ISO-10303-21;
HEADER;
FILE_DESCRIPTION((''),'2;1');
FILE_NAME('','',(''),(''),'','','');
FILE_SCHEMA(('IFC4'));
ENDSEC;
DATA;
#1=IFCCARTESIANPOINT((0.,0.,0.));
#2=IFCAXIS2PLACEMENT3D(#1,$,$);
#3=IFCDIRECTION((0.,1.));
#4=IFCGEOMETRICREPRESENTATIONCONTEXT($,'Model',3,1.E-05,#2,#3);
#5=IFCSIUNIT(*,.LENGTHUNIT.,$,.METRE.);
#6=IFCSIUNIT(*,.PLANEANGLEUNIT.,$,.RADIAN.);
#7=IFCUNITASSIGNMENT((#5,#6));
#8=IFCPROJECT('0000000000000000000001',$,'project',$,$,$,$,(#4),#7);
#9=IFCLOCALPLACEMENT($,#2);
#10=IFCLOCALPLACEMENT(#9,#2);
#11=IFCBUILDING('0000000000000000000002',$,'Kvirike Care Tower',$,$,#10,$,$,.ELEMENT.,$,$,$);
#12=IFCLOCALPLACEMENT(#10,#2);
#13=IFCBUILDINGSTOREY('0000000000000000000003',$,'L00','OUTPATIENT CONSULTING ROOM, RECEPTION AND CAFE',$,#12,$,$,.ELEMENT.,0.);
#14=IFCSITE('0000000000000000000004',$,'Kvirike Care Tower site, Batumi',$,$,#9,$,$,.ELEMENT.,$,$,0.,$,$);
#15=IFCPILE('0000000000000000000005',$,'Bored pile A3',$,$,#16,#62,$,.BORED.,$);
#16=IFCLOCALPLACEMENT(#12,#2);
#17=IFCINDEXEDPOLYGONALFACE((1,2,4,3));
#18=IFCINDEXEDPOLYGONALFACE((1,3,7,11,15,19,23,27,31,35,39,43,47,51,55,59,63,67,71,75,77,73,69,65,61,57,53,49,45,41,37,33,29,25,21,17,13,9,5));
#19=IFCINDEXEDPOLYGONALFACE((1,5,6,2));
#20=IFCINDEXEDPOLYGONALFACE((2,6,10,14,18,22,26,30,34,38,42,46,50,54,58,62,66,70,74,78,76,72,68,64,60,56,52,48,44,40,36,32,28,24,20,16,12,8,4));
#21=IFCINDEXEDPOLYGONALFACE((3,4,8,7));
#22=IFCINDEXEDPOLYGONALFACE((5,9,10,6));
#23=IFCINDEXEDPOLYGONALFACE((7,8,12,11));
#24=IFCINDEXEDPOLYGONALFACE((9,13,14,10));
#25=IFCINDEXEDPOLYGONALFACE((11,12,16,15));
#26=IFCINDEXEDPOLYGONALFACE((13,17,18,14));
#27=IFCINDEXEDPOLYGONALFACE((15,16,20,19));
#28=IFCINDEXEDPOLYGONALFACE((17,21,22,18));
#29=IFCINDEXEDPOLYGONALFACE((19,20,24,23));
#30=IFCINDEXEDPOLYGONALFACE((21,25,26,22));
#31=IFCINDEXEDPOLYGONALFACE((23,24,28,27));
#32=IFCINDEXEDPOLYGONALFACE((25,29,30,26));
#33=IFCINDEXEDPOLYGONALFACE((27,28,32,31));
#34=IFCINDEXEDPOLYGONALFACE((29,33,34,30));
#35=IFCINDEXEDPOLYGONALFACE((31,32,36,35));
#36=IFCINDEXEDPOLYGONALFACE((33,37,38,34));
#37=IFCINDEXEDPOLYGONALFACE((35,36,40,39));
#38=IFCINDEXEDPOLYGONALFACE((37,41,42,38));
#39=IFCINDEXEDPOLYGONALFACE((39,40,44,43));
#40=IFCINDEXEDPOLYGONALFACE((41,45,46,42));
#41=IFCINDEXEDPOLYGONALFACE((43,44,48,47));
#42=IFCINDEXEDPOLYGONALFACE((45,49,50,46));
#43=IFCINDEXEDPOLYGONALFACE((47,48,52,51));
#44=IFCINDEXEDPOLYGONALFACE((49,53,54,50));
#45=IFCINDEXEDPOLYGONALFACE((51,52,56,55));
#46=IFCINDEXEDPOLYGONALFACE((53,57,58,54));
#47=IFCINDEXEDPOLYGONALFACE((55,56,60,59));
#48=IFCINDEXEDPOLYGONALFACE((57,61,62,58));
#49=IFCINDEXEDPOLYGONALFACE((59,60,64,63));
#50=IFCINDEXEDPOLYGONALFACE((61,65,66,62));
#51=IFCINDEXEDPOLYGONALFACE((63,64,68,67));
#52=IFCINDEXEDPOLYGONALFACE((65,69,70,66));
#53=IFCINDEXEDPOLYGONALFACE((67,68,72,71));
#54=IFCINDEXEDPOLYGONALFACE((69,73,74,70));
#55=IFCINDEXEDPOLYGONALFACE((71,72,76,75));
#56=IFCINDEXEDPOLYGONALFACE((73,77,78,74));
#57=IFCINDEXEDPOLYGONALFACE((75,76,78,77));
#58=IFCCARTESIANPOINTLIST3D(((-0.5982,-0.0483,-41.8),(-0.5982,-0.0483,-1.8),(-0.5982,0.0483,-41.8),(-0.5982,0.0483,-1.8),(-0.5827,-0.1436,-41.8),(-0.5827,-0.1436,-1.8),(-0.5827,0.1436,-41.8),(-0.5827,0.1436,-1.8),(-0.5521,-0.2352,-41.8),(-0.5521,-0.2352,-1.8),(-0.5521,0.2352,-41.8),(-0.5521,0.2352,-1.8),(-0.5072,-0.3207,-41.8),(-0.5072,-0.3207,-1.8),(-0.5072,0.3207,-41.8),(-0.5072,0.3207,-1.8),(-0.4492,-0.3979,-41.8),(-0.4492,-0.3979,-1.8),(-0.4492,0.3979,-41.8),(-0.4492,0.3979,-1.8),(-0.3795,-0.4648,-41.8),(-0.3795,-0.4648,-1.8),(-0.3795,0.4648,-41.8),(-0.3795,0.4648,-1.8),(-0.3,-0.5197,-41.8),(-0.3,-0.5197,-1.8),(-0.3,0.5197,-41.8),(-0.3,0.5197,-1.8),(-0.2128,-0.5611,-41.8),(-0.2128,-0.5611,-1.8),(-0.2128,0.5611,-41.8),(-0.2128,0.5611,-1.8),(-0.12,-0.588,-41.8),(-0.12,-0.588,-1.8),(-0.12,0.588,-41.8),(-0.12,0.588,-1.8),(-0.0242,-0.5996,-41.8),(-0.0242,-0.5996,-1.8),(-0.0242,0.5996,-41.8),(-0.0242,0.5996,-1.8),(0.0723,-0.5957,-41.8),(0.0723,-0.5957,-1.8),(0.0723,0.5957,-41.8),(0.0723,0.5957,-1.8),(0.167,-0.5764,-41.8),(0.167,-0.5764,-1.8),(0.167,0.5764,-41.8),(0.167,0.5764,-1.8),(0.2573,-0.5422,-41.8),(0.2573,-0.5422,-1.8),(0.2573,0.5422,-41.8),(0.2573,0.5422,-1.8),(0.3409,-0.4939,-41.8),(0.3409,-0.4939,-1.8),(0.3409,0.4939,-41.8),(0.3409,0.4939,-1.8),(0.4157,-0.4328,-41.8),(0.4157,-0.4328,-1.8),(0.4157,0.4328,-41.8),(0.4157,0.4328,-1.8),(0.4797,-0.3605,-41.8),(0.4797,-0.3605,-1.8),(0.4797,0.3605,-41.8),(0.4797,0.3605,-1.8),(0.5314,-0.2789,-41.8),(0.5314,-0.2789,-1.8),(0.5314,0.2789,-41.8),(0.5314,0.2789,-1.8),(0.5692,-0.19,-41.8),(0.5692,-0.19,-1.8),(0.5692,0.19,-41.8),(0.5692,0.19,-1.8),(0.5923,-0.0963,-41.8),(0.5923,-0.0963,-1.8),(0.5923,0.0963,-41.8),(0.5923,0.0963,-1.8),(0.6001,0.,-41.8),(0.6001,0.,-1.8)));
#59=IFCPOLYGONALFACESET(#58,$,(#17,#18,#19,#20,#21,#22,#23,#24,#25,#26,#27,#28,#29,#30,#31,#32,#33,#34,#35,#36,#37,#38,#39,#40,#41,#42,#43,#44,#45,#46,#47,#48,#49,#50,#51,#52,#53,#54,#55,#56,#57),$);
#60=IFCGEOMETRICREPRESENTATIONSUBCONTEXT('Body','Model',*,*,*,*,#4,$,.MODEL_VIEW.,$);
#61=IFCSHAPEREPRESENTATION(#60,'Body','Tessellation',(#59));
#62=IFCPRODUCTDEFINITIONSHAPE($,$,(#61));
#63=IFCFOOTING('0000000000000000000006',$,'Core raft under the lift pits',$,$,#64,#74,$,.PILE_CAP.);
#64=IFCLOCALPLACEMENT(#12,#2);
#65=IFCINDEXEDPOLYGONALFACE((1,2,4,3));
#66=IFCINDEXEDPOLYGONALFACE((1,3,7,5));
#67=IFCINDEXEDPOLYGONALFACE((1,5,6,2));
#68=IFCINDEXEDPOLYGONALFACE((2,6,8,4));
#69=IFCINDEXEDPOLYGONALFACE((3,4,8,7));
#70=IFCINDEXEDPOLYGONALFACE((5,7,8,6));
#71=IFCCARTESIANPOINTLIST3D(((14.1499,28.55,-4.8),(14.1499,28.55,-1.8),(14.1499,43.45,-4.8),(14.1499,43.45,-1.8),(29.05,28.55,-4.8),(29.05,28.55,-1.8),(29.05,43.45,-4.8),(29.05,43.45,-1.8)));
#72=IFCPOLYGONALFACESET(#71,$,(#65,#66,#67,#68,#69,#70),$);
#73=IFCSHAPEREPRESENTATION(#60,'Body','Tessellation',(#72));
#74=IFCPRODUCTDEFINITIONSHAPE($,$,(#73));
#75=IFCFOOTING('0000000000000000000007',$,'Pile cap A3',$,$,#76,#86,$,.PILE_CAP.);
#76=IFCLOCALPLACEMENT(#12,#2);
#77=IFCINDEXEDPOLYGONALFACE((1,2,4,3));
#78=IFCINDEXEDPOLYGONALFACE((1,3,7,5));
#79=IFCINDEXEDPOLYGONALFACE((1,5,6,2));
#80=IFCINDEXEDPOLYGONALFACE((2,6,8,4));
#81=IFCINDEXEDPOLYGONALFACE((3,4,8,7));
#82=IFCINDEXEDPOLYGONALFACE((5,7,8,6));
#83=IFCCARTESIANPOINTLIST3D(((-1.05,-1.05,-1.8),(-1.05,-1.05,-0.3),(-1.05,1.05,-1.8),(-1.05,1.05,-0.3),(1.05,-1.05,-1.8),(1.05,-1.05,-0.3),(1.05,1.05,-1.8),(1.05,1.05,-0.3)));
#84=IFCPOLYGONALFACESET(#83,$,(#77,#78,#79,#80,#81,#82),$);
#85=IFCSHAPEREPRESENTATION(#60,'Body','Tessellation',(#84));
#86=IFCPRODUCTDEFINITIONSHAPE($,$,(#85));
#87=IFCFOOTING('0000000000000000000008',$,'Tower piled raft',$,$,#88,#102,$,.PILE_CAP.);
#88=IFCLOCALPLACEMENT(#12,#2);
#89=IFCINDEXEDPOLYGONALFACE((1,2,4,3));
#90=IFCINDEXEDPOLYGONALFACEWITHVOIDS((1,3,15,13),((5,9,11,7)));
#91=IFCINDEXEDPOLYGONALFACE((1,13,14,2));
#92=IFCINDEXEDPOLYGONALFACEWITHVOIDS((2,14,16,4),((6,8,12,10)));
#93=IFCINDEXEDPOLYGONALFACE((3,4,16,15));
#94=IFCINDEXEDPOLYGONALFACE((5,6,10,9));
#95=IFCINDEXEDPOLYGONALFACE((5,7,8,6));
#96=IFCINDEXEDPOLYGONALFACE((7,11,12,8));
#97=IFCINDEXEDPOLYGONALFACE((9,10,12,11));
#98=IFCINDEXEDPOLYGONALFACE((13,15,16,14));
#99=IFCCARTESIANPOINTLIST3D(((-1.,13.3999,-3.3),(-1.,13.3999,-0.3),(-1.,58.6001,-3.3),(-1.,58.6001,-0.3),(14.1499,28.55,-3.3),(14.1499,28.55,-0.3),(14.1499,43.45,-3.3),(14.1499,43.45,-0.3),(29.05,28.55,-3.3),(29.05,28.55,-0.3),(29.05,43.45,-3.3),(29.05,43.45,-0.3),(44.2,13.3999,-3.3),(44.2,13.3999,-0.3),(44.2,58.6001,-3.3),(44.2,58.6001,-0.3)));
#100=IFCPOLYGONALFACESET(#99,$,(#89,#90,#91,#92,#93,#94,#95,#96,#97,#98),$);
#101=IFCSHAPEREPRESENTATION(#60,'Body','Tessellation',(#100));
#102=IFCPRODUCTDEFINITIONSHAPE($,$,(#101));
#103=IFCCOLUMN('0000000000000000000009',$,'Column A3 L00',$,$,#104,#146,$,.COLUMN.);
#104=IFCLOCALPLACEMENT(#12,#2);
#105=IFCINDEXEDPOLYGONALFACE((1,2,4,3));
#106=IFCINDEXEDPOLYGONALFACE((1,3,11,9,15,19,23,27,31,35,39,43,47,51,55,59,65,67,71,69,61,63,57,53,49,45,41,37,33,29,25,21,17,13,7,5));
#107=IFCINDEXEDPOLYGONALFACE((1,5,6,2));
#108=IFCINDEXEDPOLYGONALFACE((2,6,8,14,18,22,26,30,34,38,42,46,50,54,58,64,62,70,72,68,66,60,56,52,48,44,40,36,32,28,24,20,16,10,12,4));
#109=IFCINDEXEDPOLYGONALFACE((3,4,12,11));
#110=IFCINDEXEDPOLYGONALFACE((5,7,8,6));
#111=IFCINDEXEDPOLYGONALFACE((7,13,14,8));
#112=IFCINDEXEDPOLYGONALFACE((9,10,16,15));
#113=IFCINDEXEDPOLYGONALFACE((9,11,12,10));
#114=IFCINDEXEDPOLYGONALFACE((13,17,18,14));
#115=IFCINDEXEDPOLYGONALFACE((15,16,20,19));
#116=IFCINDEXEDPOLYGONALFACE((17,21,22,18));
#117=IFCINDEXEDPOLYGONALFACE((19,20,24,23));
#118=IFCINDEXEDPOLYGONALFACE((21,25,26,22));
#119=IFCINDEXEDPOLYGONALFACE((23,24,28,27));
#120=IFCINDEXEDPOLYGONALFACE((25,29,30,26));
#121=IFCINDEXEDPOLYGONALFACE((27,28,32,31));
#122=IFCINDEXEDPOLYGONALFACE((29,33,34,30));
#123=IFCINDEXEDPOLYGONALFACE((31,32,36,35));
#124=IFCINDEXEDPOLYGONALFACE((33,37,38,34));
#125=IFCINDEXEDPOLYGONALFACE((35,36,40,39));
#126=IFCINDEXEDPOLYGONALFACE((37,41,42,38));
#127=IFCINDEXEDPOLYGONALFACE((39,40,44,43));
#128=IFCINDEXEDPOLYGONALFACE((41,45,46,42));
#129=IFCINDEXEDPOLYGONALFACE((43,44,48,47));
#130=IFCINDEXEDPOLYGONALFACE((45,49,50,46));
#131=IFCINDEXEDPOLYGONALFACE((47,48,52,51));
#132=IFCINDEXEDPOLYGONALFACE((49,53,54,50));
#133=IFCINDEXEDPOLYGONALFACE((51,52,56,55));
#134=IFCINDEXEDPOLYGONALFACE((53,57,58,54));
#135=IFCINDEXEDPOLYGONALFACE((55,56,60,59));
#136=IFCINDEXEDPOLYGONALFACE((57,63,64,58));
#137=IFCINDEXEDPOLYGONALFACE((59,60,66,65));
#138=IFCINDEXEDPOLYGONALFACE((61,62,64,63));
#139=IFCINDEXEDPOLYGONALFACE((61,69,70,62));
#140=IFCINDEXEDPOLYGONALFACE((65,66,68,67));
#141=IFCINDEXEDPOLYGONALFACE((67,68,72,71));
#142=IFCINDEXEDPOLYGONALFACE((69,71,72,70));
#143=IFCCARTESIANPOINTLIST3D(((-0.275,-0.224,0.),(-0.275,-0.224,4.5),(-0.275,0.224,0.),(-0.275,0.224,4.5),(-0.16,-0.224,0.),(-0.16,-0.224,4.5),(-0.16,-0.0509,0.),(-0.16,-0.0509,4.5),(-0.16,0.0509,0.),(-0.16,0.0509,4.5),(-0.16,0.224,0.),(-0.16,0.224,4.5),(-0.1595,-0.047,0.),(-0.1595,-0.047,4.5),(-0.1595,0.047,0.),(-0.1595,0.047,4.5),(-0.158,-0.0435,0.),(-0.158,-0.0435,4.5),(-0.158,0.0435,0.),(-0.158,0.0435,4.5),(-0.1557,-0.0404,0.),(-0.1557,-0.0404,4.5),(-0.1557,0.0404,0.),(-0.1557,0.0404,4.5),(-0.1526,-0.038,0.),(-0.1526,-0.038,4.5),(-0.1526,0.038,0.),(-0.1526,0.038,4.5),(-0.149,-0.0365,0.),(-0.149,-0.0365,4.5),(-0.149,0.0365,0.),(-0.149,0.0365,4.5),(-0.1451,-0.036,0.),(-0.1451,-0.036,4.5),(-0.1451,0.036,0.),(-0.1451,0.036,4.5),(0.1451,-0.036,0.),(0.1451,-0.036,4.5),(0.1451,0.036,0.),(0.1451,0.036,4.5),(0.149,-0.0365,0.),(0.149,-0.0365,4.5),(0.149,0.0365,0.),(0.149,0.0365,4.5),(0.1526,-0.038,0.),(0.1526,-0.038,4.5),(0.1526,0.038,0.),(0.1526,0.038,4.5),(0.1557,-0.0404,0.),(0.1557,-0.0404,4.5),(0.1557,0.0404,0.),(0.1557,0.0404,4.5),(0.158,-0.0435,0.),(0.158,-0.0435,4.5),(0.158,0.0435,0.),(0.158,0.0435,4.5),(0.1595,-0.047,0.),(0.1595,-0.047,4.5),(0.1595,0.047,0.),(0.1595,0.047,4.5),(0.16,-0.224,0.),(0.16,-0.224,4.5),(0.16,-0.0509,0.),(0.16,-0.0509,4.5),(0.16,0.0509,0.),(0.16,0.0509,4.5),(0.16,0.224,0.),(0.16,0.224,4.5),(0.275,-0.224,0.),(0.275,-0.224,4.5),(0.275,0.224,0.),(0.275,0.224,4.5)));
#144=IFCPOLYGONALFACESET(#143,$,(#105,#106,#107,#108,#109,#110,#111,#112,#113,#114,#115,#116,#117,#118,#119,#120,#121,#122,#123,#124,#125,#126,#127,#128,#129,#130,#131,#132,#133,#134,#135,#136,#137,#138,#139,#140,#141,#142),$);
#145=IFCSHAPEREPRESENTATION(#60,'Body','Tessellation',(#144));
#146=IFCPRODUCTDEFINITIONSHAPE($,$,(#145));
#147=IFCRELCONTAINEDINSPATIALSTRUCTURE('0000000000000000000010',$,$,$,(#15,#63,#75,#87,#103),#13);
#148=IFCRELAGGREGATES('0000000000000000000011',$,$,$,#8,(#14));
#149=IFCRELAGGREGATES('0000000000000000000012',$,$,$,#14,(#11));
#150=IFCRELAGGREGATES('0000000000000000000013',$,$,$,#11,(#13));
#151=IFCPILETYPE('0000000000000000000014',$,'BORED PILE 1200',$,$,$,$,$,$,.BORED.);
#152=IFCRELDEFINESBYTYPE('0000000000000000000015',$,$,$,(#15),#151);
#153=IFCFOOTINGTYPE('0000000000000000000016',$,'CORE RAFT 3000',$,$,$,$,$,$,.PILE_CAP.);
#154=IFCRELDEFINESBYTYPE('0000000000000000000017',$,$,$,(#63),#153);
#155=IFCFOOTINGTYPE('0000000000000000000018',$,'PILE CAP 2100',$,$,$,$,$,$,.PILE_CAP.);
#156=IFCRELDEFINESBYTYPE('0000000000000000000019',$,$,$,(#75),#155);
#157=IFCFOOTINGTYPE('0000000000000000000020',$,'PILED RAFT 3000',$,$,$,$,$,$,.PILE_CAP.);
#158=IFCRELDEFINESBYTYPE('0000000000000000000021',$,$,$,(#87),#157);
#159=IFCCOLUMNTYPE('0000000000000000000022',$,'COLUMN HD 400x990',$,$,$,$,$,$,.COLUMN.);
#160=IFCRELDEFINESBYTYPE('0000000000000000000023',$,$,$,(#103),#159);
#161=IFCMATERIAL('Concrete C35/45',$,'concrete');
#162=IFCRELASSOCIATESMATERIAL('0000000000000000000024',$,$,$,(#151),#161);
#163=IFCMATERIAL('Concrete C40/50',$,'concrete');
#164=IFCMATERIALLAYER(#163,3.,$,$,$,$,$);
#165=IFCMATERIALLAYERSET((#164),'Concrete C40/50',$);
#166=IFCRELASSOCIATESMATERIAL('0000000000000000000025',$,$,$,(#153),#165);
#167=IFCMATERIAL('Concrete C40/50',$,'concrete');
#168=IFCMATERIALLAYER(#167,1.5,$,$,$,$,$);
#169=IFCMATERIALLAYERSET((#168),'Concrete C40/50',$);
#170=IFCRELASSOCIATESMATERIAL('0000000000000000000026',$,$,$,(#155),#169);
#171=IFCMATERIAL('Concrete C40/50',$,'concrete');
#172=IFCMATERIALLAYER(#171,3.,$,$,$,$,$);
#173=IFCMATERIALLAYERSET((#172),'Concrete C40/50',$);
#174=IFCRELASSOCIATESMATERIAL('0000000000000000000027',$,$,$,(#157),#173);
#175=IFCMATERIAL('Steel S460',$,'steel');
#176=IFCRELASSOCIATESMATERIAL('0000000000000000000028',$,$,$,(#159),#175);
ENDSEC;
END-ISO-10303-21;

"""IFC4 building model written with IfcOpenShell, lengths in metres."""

from ifc_helpers import new_model, si_unit, direction, frame, origin, origin_2d, place, context, subcontext, project, spatial, polyline, rectangle, circle, i_section, outline, extrude, material, layer, layer_set, material_profile, profile_set, type_object, element, save


model = new_model("IFC4")

# Units and contexts
model_context = context("Model", 3, precision=1e-05, world=origin(), true_north=direction((0.0, 1.0)))
body_context = subcontext(model_context, "Body", "Model", "MODEL_VIEW")
ifc_project = project(units=[si_unit("LENGTHUNIT", "METRE"), si_unit("PLANEANGLEUNIT", "RADIAN")], contexts=[model_context])

# Site, building, storey
site_placement = place(None, origin())
site = spatial("IfcSite", under=ifc_project, at=site_placement, Name="Kvirike Care Tower site, Batumi", CompositionType="ELEMENT", RefElevation=0.0)
building_placement = place(site_placement, origin())
building = spatial("IfcBuilding", under=site, at=building_placement, Name="Kvirike Care Tower", CompositionType="ELEMENT")
storey_placement = place(building_placement, origin())
storey = spatial("IfcBuildingStorey", under=building, at=storey_placement, Name="L00", Description="OUTPATIENT CONSULTING ROOM, RECEPTION AND CAFE", CompositionType="ELEMENT", Elevation=0.0)

# Pile
ifc_material_1 = material(Name="Concrete C35/45", Category="concrete")
ifc_material_profile_1 = material_profile(ifc_material_1, circle(Radius=0.6001, at=origin_2d()), Name="BORED PILE 1200")
ifc_profile_set_1 = profile_set([ifc_material_profile_1], Name="Concrete C35/45")
pile_type = type_object("IfcPileType", Name="BORED PILE 1200", PredefinedType="BORED", material=ifc_profile_set_1)
pile_placement = place(storey_placement, frame((0.0, 0.0, -1.8), z_axis=(0.0, 0.0, -1.0), x_axis=(1.0, 0.0, 0.0)))
element("IfcPile", 1, at=pile_placement, inside=storey, type_object=pile_type, Name="Bored pile A3", PredefinedType="BORED", context=body_context, shape_type="SweptSolid", body=[
    extrude(circle(Radius=0.6001, at=origin_2d()), origin(), (0.0, 0.0, 1.0), 40.0),
])

# Footings
ifc_material_2 = material(Name="Concrete C40/50", Category="concrete")
ifc_layer_1 = layer(ifc_material_2, 3.0)
ifc_layer_set_1 = layer_set([ifc_layer_1], Name="Concrete C40/50")
footing_type_1 = type_object("IfcFootingType", Name="CORE RAFT 3000", PredefinedType="PILE_CAP", material=ifc_layer_set_1)
footing_1_placement = place(storey_placement, frame((0.0, 0.0, -4.8)))
element("IfcFooting", 2, at=footing_1_placement, inside=storey, type_object=footing_type_1, Name="Core raft under the lift pits", PredefinedType="PILE_CAP", context=body_context, shape_type="SweptSolid", body=[
    extrude(outline(polyline([(29.05, 28.55), (29.05, 43.45), (14.1499, 43.45), (14.1499, 28.55), (29.05, 28.55)])), origin(), (0.0, 0.0, 1.0), 3.0),
])
ifc_material_3 = material(Name="Concrete C40/50", Category="concrete")
ifc_layer_2 = layer(ifc_material_3, 1.5)
ifc_layer_set_2 = layer_set([ifc_layer_2], Name="Concrete C40/50")
footing_type_2 = type_object("IfcFootingType", Name="PILE CAP 2100", PredefinedType="PILE_CAP", material=ifc_layer_set_2)
footing_2_placement = place(storey_placement, frame((0.0, 0.0, -1.8), z_axis=(0.0, 0.0, 1.0), x_axis=(1.0, 0.0, 0.0)))
element("IfcFooting", 3, at=footing_2_placement, inside=storey, type_object=footing_type_2, Name="Pile cap A3", PredefinedType="PILE_CAP", context=body_context, shape_type="SweptSolid", body=[
    extrude(rectangle(XDim=2.1001, YDim=2.1001, at=origin_2d()), origin(), (0.0, 0.0, 1.0), 1.5),
])
ifc_material_4 = material(Name="Concrete C40/50", Category="concrete")
ifc_layer_3 = layer(ifc_material_4, 3.0)
ifc_layer_set_3 = layer_set([ifc_layer_3], Name="Concrete C40/50")
footing_type_3 = type_object("IfcFootingType", Name="PILED RAFT 3000", PredefinedType="PILE_CAP", material=ifc_layer_set_3)
footing_3_placement = place(storey_placement, frame((0.0, 0.0, -3.3)))
element("IfcFooting", 4, at=footing_3_placement, inside=storey, type_object=footing_type_3, Name="Tower piled raft", PredefinedType="PILE_CAP", context=body_context, shape_type="SweptSolid", body=[
    extrude(outline(polyline([(44.2, 13.3999), (44.2, 58.6001), (-1.0, 58.6001), (-1.0, 13.3999), (44.2, 13.3999)]), holes=[polyline([(14.1499, 28.55), (14.1499, 43.45), (29.05, 43.45), (29.05, 28.55), (14.1499, 28.55)])]), origin(), (0.0, 0.0, 1.0), 3.0),
])

# Column
ifc_material_5 = material(Name="Steel S460", Category="steel")
ifc_material_profile_2 = material_profile(ifc_material_5, i_section(OverallWidth=0.448, OverallDepth=0.55, WebThickness=0.072, FlangeThickness=0.115, FilletRadius=0.0149, at=origin_2d()), Name="HD 400x990")
ifc_profile_set_2 = profile_set([ifc_material_profile_2], Name="Steel S460")
column_type = type_object("IfcColumnType", Name="COLUMN HD 400x990", PredefinedType="COLUMN", material=ifc_profile_set_2)
column_placement = place(storey_placement, frame((0.0, 0.0, 0.0), z_axis=(0.0, 0.0, 1.0), x_axis=(0.0, 1.0, 0.0)))
element("IfcColumn", 5, at=column_placement, inside=storey, type_object=column_type, Name="Column A3 L00", PredefinedType="COLUMN", context=body_context, shape_type="SweptSolid", body=[
    extrude(i_section(OverallWidth=0.448, OverallDepth=0.55, WebThickness=0.072, FlangeThickness=0.115, FilletRadius=0.0149, at=origin_2d()), origin(), (0.0, 0.0, 1.0), 4.5),
])

save(model, "model.ifc")
